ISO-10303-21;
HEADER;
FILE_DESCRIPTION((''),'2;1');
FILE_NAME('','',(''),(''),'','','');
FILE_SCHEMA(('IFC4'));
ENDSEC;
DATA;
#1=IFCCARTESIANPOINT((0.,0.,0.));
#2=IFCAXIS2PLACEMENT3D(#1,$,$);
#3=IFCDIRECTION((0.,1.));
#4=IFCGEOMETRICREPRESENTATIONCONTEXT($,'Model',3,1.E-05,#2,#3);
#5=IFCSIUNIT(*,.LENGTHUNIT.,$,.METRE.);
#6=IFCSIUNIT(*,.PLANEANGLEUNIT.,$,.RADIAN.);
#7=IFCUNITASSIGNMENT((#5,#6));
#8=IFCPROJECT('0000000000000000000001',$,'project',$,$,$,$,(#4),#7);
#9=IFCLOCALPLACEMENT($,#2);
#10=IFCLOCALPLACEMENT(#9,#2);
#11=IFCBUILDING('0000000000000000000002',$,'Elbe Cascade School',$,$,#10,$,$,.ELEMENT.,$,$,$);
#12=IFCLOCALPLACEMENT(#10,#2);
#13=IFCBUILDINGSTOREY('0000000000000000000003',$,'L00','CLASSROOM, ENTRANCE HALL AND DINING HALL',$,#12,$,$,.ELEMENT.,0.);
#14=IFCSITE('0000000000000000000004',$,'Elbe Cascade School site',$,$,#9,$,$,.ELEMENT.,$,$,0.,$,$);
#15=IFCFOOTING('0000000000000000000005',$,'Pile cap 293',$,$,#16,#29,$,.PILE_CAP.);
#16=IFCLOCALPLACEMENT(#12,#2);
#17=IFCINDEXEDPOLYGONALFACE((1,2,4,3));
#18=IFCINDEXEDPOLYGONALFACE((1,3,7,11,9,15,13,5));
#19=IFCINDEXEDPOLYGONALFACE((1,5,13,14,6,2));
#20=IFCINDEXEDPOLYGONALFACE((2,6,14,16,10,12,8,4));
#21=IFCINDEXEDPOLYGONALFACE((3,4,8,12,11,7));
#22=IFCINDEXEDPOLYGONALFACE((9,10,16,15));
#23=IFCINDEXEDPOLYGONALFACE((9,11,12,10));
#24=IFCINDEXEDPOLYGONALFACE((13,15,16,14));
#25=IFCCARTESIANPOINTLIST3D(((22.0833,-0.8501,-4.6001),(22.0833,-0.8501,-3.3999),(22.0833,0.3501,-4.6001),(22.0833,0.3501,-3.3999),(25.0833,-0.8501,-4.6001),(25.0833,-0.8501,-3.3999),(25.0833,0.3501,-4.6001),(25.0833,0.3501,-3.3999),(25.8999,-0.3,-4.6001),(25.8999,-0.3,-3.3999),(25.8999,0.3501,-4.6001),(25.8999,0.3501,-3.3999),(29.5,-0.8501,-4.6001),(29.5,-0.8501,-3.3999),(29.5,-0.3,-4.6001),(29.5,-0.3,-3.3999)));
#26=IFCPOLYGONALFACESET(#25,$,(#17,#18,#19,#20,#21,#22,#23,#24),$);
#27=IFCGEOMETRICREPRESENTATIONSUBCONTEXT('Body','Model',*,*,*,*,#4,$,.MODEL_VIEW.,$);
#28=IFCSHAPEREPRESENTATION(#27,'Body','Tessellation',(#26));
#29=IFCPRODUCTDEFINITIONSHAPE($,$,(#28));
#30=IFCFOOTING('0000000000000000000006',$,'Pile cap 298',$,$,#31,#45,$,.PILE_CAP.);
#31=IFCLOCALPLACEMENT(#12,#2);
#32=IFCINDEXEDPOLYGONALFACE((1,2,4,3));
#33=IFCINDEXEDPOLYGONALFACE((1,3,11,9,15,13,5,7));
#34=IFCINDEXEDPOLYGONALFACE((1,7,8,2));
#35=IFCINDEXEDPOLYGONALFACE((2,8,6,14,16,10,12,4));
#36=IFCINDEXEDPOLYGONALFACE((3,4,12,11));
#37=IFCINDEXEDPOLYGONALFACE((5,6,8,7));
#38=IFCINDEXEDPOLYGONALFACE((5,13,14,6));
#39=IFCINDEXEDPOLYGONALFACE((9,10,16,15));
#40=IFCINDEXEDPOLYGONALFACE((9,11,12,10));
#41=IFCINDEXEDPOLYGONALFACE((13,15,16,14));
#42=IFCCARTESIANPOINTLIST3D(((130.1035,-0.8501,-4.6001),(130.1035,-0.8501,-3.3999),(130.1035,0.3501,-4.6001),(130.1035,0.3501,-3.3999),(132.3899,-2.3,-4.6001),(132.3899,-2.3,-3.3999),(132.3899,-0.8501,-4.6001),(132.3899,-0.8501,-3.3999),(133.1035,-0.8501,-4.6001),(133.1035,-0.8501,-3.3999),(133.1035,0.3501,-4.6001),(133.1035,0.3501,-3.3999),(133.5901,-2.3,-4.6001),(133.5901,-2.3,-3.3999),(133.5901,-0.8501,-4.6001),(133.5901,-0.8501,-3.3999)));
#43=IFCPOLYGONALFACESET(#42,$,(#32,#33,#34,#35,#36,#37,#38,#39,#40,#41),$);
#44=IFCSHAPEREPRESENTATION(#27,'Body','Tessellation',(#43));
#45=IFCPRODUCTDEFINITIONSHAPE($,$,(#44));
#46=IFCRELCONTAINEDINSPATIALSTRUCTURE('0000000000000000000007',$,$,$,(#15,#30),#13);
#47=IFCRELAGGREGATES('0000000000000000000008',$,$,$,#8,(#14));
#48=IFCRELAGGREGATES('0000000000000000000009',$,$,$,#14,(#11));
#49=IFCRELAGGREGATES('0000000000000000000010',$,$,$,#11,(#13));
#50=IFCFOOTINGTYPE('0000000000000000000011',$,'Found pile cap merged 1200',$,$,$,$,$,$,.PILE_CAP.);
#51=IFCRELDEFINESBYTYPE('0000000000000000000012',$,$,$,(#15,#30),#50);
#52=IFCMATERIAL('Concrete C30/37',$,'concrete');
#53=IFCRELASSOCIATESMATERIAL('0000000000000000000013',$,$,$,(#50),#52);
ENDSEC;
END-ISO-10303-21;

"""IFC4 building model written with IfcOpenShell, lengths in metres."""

from ifc_helpers import new_model, si_unit, direction, frame, origin, place, context, subcontext, project, spatial, polyline, outline, extrude, material, type_object, element, save


model = new_model("IFC4")

# Units and contexts
model_context = context("Model", 3, precision=1e-05, world=origin(), true_north=direction((0.0, 1.0)))
body_context = subcontext(model_context, "Body", "Model", "MODEL_VIEW")
ifc_project = project(units=[si_unit("LENGTHUNIT", "METRE"), si_unit("PLANEANGLEUNIT", "RADIAN")], contexts=[model_context])

# Site, building, storey
site_placement = place(None, origin())
site = spatial("IfcSite", under=ifc_project, at=site_placement, Name="Elbe Cascade School site", CompositionType="ELEMENT", RefElevation=0.0)
building_placement = place(site_placement, origin())
building = spatial("IfcBuilding", under=site, at=building_placement, Name="Elbe Cascade School", CompositionType="ELEMENT")
storey_placement = place(building_placement, origin())
storey = spatial("IfcBuildingStorey", under=building, at=storey_placement, Name="L00", Description="CLASSROOM, ENTRANCE HALL AND DINING HALL", CompositionType="ELEMENT", Elevation=0.0)

# Footings
ifc_material_1 = material(Name="Concrete C30/37", Category="concrete")
footing_type = type_object("IfcFootingType", Name="Found pile cap merged 1200", PredefinedType="PILE_CAP", material=ifc_material_1)
footing_1_placement = place(storey_placement, frame((0.0, 0.0, -4.6001)))
element("IfcFooting", 1, at=footing_1_placement, inside=storey, type_object=footing_type, Name="Pile cap 293", PredefinedType="PILE_CAP", context=body_context, shape_type="SweptSolid", body=[
    extrude(outline(polyline([(22.0833, 0.3501), (25.0833, 0.3501), (25.8999, 0.3501), (25.8999, -0.3), (29.5, -0.3), (29.5, -0.8501), (25.0833, -0.8501), (22.0833, -0.8501), (22.0833, 0.3501)])), origin(), (0.0, 0.0, 1.0), 1.2002),
])
footing_2_placement = place(storey_placement, frame((0.0, 0.0, -4.6001)))
element("IfcFooting", 2, at=footing_2_placement, inside=storey, type_object=footing_type, Name="Pile cap 298", PredefinedType="PILE_CAP", context=body_context, shape_type="SweptSolid", body=[
    extrude(outline(polyline([(133.5901, -0.8501), (133.5901, -2.3), (132.3899, -2.3), (132.3899, -0.8501), (130.1035, -0.8501), (130.1035, 0.3501), (133.1035, 0.3501), (133.1035, -0.8501), (133.5901, -0.8501)])), origin(), (0.0, 0.0, 1.0), 1.2002),
])

save(model, "model.ifc")
